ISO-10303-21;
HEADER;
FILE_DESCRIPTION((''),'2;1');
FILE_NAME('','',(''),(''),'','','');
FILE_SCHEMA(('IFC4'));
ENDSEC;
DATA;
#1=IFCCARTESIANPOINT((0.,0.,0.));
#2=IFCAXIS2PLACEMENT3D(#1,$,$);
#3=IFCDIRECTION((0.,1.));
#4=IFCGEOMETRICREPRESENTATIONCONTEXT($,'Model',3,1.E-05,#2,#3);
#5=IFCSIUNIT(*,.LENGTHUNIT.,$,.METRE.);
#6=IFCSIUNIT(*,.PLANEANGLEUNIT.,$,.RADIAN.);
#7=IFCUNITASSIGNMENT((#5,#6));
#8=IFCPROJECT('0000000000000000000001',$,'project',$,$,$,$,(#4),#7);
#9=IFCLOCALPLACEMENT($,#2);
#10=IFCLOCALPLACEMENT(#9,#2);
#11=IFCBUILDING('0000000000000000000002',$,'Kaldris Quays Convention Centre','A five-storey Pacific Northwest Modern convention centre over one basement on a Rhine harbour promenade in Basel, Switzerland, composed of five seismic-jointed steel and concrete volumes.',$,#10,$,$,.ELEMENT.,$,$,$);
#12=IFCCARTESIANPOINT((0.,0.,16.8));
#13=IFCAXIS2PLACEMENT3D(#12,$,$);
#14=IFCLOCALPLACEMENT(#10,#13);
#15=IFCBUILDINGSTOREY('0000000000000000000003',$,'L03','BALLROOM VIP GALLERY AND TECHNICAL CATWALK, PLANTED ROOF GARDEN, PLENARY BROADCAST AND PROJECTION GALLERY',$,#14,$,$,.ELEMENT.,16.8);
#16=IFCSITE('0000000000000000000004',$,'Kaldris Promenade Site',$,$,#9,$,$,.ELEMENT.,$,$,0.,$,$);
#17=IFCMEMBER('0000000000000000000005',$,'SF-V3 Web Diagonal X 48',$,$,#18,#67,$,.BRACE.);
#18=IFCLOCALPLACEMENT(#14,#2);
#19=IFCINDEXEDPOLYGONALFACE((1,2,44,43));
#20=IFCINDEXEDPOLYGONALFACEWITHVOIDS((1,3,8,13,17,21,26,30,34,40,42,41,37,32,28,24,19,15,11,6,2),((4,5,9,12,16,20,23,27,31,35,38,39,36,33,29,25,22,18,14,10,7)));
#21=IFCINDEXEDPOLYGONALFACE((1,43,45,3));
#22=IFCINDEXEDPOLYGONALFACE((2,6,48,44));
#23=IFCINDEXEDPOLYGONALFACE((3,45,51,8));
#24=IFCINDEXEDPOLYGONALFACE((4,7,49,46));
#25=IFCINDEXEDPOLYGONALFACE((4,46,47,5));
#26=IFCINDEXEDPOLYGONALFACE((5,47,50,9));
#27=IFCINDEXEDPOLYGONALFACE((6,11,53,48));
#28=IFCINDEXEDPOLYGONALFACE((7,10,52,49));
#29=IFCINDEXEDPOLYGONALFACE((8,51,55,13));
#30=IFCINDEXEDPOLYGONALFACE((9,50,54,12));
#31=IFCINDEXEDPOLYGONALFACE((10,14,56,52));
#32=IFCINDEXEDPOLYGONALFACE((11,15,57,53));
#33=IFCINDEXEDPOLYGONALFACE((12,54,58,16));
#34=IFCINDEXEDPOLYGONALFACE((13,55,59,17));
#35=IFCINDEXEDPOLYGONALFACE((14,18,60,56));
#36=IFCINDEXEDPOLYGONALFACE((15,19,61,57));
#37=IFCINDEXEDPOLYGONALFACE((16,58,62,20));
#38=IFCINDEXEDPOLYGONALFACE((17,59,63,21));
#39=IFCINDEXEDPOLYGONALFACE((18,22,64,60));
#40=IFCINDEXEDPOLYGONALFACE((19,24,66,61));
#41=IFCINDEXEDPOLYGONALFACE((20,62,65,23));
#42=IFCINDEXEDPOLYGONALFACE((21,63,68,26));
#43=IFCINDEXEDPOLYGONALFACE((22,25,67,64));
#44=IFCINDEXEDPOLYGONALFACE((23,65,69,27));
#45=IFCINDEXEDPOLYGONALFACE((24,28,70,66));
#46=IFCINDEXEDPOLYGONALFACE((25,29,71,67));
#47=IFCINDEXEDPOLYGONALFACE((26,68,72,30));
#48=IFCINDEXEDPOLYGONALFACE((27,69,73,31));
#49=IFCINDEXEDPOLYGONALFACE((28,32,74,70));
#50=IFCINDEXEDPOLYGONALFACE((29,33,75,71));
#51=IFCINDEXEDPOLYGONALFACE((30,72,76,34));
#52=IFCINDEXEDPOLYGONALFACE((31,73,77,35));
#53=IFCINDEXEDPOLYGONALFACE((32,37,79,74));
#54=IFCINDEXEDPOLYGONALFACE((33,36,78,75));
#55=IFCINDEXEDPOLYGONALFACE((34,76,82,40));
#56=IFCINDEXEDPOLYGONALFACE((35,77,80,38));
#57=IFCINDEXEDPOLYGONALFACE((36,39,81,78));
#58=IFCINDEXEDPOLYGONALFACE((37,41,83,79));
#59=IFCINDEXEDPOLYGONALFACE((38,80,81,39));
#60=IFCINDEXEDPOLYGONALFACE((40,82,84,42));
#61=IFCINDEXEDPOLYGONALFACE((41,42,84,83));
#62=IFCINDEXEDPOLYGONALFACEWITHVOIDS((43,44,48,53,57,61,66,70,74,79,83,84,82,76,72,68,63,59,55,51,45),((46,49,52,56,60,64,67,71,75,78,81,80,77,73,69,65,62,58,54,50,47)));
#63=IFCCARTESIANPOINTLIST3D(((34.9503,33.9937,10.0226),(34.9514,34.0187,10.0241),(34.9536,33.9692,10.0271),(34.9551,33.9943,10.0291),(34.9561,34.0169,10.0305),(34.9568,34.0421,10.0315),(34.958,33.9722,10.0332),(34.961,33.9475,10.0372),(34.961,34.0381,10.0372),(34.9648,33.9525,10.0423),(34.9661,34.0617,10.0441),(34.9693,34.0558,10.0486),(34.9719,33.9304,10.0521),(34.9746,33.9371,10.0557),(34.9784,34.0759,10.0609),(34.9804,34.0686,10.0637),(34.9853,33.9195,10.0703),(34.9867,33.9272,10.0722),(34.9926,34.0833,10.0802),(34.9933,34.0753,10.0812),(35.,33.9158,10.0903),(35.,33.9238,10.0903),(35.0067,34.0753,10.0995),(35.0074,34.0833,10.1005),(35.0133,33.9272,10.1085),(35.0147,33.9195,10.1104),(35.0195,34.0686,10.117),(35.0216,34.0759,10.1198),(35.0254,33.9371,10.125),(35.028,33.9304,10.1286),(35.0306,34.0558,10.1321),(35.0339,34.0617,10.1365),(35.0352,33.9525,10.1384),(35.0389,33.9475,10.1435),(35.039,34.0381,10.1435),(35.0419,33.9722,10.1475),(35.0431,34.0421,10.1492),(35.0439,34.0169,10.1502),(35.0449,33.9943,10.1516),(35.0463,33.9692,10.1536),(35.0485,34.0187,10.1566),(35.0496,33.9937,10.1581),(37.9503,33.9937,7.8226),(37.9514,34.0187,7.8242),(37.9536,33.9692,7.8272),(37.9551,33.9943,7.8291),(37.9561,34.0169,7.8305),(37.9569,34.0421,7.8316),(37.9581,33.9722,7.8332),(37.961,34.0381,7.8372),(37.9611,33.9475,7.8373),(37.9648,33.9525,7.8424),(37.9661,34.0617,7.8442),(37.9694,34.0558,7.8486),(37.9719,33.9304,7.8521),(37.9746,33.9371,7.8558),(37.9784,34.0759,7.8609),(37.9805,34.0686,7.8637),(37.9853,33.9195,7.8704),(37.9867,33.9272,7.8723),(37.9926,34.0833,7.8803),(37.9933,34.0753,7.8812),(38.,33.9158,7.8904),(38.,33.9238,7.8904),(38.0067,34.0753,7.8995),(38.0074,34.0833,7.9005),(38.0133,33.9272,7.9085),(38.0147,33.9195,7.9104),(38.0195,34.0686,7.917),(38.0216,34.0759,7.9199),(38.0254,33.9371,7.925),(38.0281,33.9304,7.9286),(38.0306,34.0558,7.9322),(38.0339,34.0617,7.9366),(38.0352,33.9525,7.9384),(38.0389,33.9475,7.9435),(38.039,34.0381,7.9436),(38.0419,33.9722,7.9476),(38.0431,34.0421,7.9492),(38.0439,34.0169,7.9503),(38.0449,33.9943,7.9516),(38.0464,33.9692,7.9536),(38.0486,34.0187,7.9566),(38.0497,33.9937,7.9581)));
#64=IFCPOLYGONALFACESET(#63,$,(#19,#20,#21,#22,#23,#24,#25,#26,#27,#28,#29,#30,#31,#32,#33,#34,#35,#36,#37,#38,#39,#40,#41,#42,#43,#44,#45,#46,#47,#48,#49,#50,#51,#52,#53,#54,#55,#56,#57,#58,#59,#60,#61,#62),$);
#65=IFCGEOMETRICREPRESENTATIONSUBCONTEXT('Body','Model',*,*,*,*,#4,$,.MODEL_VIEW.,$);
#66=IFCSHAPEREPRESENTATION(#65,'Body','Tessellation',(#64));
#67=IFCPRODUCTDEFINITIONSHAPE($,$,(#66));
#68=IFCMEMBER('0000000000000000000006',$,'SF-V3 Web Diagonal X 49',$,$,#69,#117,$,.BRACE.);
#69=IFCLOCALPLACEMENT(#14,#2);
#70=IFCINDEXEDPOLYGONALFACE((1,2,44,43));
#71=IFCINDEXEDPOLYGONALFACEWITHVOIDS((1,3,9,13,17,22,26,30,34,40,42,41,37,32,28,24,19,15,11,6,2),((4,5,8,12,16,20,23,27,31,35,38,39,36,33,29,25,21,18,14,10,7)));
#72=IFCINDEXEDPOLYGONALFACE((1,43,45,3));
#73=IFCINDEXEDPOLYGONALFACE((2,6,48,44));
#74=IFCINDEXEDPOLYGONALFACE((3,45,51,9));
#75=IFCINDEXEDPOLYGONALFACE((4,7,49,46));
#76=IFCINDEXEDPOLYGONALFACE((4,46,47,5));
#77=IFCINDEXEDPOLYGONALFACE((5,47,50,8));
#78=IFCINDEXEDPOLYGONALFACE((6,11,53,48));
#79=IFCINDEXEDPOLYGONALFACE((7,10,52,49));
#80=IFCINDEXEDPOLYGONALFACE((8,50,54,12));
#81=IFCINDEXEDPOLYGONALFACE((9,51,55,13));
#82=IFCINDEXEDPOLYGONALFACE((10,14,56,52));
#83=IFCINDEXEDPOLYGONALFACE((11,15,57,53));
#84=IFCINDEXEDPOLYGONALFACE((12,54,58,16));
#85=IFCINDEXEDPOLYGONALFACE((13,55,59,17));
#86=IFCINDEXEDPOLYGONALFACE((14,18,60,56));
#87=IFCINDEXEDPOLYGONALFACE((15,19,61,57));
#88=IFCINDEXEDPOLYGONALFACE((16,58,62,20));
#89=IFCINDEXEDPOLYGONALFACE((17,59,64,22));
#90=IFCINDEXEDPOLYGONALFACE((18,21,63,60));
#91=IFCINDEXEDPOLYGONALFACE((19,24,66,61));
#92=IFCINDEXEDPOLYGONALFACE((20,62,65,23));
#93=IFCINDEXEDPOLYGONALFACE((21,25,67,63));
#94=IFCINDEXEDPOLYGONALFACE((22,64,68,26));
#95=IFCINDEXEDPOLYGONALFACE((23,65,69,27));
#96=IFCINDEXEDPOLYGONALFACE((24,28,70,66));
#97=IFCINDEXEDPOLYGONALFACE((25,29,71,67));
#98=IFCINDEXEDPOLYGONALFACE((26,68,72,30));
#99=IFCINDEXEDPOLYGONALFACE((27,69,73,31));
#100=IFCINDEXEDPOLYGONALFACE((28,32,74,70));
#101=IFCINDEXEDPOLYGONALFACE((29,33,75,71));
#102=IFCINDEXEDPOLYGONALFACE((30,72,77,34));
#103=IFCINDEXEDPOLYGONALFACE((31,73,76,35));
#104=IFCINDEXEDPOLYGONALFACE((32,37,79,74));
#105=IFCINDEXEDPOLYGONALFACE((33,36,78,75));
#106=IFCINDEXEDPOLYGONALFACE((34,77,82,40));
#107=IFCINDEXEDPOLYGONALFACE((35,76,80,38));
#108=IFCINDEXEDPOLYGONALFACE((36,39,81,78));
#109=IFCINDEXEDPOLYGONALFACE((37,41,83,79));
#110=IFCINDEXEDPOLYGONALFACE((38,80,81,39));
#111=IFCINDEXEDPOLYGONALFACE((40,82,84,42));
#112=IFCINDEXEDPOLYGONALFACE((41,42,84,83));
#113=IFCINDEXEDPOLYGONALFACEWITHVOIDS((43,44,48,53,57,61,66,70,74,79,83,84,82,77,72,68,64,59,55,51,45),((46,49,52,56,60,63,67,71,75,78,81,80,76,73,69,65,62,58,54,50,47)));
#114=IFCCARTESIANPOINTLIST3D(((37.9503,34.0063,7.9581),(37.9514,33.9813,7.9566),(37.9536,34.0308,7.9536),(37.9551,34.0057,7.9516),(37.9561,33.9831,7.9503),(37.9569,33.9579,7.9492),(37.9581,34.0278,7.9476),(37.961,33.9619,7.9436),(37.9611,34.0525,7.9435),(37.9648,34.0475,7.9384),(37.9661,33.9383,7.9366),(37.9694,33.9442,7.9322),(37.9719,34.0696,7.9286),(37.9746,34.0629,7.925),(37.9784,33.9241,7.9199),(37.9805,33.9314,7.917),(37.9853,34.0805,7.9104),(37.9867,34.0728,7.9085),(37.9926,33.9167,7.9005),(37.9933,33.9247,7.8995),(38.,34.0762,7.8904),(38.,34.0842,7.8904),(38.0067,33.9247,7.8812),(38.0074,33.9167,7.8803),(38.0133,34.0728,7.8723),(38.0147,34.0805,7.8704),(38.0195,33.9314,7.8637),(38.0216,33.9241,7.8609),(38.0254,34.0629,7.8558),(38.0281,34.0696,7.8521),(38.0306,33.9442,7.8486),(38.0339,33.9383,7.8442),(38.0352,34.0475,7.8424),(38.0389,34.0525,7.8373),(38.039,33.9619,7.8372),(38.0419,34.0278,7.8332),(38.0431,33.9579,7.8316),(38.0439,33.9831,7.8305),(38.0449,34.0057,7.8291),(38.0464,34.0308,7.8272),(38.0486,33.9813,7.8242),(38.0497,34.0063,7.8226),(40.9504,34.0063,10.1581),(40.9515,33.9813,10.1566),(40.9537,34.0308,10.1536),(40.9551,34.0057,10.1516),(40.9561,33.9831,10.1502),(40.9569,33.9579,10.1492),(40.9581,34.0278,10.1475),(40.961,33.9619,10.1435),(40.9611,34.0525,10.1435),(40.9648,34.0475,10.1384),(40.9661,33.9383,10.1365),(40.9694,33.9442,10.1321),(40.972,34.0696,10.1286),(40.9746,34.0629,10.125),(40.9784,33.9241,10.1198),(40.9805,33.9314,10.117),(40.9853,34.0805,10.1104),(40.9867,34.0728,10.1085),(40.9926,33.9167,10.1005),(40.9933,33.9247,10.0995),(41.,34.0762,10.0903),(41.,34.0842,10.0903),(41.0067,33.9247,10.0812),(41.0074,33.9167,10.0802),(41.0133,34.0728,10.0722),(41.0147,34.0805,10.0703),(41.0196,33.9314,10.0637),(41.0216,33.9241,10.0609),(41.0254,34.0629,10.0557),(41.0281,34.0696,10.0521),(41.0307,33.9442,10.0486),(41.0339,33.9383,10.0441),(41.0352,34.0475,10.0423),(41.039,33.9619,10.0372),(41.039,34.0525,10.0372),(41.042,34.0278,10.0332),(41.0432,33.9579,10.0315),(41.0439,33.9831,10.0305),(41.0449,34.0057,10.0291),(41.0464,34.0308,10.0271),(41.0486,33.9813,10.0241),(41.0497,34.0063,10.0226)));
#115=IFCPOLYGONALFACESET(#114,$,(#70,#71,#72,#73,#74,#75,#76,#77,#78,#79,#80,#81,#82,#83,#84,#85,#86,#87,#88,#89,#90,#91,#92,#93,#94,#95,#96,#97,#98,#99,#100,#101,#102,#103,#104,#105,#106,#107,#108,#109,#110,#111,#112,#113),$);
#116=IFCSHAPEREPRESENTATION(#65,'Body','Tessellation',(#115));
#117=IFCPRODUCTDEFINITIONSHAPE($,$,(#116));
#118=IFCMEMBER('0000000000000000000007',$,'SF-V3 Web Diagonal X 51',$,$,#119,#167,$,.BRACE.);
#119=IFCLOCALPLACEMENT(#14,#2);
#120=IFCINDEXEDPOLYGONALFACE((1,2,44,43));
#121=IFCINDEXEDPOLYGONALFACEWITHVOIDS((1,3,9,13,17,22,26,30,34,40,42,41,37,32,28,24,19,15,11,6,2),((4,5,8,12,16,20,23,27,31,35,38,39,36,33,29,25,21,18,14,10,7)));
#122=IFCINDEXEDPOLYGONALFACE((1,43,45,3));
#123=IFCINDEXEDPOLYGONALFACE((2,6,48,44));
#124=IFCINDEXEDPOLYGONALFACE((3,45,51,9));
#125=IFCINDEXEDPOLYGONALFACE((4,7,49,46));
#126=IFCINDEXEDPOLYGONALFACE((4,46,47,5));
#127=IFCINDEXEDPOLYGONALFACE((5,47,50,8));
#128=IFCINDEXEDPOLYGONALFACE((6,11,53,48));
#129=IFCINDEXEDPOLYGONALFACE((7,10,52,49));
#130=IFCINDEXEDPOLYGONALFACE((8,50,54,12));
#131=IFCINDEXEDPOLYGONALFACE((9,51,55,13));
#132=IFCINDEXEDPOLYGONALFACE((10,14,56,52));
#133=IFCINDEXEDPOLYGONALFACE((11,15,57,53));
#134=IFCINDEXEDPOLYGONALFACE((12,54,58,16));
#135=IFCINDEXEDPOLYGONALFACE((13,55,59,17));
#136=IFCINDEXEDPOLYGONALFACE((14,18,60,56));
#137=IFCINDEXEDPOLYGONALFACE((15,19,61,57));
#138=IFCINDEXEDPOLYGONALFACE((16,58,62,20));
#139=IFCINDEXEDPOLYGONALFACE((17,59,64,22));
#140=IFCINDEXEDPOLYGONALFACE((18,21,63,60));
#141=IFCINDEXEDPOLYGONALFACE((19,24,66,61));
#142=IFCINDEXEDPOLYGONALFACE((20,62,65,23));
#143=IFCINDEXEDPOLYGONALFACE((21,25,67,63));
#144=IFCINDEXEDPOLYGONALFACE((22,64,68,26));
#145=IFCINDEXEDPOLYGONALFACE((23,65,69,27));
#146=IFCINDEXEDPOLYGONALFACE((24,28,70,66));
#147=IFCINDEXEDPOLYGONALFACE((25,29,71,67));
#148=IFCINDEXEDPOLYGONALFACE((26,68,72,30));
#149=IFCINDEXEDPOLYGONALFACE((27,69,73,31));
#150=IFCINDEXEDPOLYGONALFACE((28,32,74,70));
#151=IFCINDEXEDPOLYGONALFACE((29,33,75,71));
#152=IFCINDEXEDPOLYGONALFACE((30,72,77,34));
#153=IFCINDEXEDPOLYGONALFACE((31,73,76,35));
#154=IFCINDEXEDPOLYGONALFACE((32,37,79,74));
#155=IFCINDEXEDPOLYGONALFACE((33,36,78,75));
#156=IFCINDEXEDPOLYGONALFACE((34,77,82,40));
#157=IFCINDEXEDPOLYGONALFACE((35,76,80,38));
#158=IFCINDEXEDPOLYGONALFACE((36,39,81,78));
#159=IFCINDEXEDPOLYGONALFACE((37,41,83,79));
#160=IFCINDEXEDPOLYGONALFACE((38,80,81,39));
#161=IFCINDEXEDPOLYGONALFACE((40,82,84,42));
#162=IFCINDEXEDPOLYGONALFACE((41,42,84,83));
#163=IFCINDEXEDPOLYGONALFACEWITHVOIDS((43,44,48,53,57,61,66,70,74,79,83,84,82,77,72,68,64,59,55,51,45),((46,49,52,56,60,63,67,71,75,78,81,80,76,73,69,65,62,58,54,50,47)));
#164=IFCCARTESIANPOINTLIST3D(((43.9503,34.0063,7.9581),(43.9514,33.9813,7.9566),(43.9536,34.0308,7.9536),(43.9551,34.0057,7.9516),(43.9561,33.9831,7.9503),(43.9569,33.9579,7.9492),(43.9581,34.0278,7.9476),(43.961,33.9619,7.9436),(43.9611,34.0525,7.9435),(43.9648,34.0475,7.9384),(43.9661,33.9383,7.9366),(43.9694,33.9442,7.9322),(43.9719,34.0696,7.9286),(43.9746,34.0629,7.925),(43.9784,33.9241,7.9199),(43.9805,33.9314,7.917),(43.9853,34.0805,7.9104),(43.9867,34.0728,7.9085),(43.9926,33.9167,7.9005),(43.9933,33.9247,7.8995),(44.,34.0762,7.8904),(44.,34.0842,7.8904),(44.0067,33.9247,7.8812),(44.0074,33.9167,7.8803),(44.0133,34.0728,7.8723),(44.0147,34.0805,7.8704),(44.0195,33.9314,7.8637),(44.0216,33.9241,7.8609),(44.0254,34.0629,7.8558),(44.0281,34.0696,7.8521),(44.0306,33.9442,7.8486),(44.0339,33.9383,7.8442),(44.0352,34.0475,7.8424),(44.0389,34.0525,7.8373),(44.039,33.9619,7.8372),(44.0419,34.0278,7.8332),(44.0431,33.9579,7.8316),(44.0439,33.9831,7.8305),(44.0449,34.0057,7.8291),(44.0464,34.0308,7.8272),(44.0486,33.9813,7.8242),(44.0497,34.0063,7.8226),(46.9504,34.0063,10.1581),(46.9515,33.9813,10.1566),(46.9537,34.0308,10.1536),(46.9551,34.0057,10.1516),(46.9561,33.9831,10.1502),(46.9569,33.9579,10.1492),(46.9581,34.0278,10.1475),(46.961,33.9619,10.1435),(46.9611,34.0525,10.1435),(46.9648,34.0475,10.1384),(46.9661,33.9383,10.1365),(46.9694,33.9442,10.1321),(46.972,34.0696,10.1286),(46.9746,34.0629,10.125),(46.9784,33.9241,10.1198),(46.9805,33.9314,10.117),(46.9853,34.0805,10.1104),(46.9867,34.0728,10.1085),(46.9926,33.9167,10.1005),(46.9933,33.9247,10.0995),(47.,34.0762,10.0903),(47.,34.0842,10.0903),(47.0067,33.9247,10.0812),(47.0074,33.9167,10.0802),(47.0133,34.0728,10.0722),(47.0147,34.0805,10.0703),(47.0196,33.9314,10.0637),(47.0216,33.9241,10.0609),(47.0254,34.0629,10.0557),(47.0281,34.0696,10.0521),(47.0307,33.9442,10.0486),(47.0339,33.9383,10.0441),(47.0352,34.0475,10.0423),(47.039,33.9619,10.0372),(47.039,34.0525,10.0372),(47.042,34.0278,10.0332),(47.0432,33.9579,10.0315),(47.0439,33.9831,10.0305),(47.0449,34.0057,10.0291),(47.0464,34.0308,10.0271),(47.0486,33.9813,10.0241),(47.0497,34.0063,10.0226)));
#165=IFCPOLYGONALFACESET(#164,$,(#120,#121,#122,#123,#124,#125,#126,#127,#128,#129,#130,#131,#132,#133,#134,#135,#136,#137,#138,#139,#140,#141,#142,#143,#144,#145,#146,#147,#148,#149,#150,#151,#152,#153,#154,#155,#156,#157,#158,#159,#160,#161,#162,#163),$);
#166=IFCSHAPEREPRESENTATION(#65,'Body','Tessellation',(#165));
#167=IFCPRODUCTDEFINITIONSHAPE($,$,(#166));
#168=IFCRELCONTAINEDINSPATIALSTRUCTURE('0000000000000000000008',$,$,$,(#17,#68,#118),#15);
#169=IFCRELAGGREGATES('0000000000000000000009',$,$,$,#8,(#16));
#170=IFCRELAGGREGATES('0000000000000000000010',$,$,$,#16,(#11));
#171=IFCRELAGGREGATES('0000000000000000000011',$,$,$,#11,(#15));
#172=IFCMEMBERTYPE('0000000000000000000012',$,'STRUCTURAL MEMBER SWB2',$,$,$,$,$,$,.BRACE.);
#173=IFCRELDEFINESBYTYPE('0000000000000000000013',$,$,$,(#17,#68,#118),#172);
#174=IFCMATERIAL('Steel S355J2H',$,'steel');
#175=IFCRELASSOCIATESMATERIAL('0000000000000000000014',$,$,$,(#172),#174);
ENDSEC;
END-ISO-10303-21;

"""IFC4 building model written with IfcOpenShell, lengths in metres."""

from ifc_helpers import new_model, si_unit, direction, frame, origin, origin_2d, place, context, subcontext, project, spatial, hollow_circle, extrude, material, material_profile, profile_set, type_object, element, save


model = new_model("IFC4")

# Units and contexts
model_context = context("Model", 3, precision=1e-05, world=origin(), true_north=direction((0.0, 1.0)))
body_context = subcontext(model_context, "Body", "Model", "MODEL_VIEW")
ifc_project = project(units=[si_unit("LENGTHUNIT", "METRE"), si_unit("PLANEANGLEUNIT", "RADIAN")], contexts=[model_context])

# Site, building, storey
site_placement = place(None, origin())
site = spatial("IfcSite", under=ifc_project, at=site_placement, Name="Kaldris Promenade Site", CompositionType="ELEMENT", RefElevation=0.0)
building_placement = place(site_placement, origin())
building = spatial("IfcBuilding", under=site, at=building_placement, Name="Kaldris Quays Convention Centre", Description="A five-storey Pacific Northwest Modern convention centre over one basement on a Rhine harbour promenade in Basel, Switzerland, composed of five seismic-jointed steel and concrete volumes.", CompositionType="ELEMENT")
storey_placement = place(building_placement, frame((0.0, 0.0, 16.8)))
storey = spatial("IfcBuildingStorey", under=building, at=storey_placement, Name="L03", Description="BALLROOM VIP GALLERY AND TECHNICAL CATWALK, PLANTED ROOF GARDEN, PLENARY BROADCAST AND PROJECTION GALLERY", CompositionType="ELEMENT", Elevation=16.8)

# Members
ifc_material_1 = material(Name="Steel S355J2H", Category="steel")
ifc_material_profile_1 = material_profile(ifc_material_1, hollow_circle(Radius=0.0842, WallThickness=0.0081, at=origin_2d()), Name="CHS 168.3x8")
ifc_profile_set_1 = profile_set([ifc_material_profile_1], Name="Steel S355J2H")
member_type_1 = type_object("IfcMemberType", Name="STRUCTURAL MEMBER SWB2", PredefinedType="BRACE", material=ifc_profile_set_1)
for number, where, z_axis, x_axis, name in (
    (1, (38.0, 34.0, 7.8904), (-0.806411, 0.0, 0.591355), (0.0, -1.0, 0.0), "SF-V3 Web Diagonal X 48"),
    (2, (38.0, 34.0, 7.8904), (0.806411, 0.0, 0.591355), (0.0, 1.0, 0.0), "SF-V3 Web Diagonal X 49"),
    (3, (44.0, 34.0, 7.8904), (0.806411, 0.0, 0.591355), (0.0, 1.0, 0.0), "SF-V3 Web Diagonal X 51"),
):
    element("IfcMember", number, at=place(storey_placement, frame(where, z_axis=z_axis, x_axis=x_axis)), inside=storey, type_object=member_type_1, Name=name, PredefinedType="BRACE", context=body_context, shape_type="SweptSolid", body=[
        extrude(hollow_circle(Radius=0.0842, WallThickness=0.0081, at=origin_2d()), origin(), (0.0, 0.0, 1.0), 3.7202),
    ])

save(model, "model.ifc")
